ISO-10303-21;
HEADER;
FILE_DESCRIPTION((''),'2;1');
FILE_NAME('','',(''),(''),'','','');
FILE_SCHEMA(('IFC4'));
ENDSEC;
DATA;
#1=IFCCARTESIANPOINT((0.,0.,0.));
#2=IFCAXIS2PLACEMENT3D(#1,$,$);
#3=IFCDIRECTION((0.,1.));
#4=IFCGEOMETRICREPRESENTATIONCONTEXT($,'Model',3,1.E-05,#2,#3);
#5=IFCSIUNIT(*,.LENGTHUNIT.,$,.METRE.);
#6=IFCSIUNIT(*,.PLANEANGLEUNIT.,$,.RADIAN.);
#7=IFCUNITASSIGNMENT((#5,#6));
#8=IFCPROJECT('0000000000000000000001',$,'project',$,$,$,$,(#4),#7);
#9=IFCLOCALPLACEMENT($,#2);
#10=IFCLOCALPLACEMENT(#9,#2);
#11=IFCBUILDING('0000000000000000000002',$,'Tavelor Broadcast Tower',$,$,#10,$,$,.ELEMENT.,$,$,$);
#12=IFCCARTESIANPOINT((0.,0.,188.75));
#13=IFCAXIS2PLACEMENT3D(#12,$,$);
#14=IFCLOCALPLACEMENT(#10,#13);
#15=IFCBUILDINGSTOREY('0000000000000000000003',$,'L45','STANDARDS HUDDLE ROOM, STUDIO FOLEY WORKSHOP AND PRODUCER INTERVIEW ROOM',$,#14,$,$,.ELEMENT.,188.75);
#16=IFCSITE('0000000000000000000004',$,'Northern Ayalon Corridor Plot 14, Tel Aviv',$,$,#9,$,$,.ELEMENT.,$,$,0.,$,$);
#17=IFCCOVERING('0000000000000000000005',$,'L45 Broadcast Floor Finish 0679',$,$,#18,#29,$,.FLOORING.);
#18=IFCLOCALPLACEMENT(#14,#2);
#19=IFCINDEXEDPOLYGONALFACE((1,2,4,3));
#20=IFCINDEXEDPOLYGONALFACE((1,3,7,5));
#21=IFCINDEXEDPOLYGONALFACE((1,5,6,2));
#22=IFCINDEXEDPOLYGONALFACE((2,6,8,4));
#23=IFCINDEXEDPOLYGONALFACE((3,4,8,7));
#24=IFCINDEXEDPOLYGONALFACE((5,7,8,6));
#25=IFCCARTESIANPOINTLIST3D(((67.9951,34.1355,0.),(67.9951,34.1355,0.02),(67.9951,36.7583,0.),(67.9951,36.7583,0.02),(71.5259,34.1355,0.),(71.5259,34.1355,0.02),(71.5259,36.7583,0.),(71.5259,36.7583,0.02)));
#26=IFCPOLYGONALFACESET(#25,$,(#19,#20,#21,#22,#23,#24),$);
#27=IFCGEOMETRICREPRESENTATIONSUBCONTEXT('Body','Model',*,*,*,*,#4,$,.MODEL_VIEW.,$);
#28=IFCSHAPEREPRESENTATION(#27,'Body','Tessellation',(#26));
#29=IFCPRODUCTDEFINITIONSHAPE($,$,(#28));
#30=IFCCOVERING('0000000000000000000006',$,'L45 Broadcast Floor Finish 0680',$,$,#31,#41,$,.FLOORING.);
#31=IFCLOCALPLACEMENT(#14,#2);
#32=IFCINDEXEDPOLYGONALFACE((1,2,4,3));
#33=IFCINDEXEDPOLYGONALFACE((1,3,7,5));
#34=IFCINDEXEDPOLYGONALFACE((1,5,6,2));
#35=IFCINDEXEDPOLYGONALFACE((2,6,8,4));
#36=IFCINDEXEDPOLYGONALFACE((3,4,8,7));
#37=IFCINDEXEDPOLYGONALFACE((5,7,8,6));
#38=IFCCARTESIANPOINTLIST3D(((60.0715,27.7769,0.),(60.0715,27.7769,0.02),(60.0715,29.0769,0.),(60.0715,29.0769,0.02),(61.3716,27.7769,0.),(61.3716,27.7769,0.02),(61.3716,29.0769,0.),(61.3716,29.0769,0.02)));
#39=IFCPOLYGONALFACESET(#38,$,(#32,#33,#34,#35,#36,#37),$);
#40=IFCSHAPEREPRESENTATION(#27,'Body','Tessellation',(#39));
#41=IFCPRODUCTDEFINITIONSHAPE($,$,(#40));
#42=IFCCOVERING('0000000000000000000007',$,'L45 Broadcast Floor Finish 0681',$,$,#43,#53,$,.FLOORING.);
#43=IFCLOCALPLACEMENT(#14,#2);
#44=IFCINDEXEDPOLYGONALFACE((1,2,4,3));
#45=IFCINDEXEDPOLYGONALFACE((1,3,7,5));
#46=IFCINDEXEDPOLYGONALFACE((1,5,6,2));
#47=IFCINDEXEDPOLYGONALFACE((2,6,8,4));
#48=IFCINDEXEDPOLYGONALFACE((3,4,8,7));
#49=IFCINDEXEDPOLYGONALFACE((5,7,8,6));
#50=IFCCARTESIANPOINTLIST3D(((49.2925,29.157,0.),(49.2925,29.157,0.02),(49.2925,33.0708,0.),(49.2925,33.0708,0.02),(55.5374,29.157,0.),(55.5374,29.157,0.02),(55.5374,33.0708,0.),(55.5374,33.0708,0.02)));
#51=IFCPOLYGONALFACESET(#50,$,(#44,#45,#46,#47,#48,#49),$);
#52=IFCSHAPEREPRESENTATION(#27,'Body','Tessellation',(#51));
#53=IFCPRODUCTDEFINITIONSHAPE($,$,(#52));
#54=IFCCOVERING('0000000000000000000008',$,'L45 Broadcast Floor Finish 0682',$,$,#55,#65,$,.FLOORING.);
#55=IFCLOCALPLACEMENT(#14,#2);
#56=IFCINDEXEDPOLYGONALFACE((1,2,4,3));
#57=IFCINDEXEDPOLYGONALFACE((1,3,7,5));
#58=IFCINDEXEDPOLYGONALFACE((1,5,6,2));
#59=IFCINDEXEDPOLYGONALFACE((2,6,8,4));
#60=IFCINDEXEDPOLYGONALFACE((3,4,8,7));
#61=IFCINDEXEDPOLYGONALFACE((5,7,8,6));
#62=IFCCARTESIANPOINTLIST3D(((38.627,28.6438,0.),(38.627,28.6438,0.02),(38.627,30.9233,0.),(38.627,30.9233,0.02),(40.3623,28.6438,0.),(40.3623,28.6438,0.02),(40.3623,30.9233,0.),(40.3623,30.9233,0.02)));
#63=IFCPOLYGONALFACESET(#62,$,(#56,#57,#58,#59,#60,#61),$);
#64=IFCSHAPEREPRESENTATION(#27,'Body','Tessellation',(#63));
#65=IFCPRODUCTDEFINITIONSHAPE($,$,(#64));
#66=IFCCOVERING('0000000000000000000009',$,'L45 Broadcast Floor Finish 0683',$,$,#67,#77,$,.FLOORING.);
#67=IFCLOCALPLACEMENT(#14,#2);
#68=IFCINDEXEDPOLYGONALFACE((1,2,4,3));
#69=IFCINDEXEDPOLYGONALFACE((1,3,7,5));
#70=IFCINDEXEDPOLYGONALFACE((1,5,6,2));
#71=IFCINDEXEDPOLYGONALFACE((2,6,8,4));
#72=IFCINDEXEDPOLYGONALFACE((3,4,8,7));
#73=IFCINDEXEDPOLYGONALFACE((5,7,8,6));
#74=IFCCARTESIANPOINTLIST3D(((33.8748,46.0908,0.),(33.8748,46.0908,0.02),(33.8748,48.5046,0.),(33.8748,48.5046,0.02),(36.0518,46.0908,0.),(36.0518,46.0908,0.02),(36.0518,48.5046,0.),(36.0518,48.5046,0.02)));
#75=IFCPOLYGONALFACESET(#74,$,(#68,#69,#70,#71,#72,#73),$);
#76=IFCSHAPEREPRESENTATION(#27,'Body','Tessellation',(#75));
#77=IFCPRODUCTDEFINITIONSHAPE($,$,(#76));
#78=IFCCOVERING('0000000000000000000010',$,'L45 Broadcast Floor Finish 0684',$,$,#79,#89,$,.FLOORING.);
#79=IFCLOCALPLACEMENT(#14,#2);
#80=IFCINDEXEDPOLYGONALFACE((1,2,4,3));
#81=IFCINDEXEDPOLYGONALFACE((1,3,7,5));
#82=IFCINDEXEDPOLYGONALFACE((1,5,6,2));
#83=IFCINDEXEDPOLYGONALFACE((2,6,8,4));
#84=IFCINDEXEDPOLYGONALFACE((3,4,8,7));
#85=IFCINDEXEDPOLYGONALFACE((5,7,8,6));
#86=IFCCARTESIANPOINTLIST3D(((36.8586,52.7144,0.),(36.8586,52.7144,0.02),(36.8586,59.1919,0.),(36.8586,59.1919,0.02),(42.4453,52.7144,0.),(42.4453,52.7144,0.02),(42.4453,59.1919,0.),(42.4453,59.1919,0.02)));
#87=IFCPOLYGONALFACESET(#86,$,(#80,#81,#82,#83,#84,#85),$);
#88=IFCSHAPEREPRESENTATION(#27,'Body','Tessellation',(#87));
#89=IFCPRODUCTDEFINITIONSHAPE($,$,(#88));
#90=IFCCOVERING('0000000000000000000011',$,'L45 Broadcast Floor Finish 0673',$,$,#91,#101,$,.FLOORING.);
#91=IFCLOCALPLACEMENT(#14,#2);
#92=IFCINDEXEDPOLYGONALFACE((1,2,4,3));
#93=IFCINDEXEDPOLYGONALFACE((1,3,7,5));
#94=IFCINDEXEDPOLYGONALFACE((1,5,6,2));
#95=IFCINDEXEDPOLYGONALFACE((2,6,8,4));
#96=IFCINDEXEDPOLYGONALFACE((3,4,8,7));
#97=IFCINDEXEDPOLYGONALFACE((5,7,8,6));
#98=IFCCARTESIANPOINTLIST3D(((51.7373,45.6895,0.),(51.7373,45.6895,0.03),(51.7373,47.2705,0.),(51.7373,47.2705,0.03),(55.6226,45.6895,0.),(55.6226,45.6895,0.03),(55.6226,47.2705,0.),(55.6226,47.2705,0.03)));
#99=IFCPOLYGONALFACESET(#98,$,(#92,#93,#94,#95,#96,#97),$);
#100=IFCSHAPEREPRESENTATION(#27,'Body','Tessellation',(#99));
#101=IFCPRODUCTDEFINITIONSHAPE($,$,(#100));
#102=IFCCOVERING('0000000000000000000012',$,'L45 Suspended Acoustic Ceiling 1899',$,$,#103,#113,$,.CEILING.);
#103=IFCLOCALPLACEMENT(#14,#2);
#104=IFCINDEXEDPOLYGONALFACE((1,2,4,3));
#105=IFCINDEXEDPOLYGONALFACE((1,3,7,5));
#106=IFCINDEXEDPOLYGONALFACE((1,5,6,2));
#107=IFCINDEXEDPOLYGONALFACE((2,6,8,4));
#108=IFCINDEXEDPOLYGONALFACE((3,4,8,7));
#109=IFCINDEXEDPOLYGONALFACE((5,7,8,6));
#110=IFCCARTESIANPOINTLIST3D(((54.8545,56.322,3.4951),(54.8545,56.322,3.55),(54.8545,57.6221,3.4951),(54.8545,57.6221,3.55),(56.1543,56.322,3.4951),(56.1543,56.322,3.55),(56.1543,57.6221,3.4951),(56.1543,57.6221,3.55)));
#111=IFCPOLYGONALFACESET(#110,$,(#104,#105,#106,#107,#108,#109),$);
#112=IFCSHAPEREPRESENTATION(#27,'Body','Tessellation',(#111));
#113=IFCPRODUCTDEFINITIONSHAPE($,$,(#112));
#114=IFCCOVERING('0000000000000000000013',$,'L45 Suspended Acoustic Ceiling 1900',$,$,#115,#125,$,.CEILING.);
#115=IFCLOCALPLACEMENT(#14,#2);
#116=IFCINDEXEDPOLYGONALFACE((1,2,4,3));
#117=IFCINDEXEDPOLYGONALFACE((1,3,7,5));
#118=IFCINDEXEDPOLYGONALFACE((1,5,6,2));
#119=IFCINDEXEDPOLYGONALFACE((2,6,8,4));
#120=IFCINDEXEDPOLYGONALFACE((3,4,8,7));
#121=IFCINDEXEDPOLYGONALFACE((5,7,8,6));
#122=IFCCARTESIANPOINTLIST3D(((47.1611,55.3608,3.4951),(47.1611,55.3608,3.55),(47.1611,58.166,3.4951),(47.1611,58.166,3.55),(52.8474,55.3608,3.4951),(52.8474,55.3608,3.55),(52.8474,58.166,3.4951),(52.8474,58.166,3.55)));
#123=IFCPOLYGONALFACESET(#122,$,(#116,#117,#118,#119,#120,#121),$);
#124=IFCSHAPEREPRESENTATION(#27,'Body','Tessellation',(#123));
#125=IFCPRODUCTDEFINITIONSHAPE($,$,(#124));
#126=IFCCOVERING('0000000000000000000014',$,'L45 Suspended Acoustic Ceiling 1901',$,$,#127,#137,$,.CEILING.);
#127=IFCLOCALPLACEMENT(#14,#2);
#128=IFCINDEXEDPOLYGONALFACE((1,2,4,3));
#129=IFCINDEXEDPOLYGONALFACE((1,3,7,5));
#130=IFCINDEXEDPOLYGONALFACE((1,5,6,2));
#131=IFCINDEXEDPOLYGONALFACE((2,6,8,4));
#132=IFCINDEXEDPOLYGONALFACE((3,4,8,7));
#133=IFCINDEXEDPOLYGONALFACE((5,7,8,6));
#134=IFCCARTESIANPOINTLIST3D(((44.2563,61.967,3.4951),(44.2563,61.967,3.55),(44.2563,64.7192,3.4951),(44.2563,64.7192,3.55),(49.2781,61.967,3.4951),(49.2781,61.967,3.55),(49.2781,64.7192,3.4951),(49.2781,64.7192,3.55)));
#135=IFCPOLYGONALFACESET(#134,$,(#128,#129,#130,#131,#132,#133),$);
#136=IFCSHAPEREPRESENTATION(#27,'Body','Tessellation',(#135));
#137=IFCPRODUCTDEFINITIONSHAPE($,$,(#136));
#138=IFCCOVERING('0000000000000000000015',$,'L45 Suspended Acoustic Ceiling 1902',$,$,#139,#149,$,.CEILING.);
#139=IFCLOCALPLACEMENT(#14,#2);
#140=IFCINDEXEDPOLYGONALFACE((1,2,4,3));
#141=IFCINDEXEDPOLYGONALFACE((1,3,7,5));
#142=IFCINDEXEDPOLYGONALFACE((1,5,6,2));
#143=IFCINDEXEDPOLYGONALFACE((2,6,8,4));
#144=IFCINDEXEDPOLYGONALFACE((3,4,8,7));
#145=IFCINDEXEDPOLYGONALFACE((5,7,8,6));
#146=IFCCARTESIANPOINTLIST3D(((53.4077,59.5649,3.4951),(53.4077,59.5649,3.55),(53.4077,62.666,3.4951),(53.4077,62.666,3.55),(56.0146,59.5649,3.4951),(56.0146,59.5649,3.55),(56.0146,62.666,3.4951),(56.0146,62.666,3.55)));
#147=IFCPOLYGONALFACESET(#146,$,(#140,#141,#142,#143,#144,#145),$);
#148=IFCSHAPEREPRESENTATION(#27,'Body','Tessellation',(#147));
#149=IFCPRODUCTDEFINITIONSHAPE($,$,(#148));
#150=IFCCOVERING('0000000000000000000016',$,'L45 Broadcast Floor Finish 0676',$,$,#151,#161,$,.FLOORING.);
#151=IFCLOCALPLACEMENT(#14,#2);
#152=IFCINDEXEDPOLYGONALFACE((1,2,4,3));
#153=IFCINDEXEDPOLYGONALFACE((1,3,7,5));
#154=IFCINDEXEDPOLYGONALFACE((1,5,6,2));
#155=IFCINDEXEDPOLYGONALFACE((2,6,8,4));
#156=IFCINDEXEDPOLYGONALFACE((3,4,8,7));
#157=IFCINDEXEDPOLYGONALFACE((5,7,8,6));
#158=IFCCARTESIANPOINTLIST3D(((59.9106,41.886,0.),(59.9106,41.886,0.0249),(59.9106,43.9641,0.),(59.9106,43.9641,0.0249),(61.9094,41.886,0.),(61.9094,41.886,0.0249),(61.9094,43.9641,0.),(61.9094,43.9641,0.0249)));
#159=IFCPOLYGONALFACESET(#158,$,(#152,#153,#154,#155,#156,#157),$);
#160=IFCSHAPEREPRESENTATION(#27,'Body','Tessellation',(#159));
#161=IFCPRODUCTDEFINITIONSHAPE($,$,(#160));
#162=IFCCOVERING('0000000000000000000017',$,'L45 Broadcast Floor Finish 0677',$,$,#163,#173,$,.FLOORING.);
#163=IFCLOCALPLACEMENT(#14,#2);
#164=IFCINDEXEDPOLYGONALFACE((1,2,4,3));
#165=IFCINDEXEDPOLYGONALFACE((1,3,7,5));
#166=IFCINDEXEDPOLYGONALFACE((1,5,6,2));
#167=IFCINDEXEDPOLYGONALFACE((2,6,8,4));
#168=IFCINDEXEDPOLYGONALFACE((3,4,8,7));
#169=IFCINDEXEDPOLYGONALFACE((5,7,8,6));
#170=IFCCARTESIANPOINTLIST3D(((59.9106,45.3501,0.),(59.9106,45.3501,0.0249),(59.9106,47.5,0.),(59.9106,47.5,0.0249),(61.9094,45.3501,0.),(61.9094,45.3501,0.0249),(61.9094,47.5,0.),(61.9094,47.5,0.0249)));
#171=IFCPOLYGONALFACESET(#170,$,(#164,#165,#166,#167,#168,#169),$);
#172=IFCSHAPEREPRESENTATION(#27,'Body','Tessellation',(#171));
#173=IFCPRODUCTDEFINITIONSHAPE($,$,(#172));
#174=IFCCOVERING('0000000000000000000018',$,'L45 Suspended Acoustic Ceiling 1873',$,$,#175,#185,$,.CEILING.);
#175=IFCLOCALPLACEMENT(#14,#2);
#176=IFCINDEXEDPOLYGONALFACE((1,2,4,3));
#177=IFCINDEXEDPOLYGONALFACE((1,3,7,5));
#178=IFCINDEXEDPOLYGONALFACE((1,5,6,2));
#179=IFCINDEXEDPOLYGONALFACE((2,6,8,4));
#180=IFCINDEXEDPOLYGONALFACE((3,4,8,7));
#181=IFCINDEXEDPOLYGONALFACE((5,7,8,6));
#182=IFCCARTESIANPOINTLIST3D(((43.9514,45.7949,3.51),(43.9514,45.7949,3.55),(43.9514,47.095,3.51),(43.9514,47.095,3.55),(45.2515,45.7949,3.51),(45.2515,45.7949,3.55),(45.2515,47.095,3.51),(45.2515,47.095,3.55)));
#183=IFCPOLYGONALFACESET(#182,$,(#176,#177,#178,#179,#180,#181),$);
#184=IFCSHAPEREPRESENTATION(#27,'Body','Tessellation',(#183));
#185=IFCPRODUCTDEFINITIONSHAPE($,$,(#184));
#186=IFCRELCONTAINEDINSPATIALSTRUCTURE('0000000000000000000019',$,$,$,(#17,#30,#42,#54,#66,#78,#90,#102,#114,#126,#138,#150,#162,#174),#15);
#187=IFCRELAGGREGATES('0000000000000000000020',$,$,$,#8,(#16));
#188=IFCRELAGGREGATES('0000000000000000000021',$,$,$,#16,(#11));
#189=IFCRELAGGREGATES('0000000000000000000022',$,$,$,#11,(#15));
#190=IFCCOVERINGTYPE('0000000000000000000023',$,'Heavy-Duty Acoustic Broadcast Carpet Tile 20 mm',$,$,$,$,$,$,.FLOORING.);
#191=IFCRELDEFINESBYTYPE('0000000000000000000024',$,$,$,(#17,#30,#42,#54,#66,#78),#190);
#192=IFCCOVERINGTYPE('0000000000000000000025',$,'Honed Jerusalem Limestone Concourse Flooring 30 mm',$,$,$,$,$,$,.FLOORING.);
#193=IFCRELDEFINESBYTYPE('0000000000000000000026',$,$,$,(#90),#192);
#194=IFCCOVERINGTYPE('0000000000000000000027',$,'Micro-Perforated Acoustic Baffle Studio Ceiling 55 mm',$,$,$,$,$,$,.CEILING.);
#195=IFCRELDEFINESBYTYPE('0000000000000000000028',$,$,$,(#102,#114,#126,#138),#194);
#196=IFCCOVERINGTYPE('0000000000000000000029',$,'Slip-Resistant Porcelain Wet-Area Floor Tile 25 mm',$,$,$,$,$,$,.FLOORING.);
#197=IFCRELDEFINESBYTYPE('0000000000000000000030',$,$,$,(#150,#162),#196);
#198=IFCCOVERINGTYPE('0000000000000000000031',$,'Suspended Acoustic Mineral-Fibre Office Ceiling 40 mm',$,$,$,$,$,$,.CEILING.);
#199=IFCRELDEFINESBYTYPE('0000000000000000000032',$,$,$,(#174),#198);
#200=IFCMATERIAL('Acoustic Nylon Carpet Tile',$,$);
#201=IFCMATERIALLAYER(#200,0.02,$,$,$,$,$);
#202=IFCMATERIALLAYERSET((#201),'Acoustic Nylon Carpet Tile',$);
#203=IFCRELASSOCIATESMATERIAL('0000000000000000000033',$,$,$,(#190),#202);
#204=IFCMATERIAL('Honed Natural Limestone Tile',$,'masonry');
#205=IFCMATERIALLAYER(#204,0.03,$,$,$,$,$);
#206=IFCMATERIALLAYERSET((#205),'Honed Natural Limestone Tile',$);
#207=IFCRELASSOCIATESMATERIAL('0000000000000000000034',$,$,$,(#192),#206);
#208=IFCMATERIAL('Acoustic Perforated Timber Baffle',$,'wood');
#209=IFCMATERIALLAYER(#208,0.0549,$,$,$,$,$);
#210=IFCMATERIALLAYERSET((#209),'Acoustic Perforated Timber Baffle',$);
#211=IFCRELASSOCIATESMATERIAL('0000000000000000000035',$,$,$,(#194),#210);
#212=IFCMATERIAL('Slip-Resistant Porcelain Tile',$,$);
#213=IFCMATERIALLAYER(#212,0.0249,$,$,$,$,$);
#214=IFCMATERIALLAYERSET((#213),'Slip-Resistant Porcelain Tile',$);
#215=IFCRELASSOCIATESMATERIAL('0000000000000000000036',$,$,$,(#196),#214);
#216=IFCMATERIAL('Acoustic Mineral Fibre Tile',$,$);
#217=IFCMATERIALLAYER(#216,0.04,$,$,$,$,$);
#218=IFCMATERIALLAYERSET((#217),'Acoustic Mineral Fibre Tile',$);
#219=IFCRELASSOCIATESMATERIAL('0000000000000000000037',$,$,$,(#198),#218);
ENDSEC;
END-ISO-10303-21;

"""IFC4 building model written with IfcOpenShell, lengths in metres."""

from ifc_helpers import new_model, si_unit, direction, frame, origin, place, context, subcontext, project, spatial, polyline, outline, extrude, material, layer, layer_set, type_object, element, save


model = new_model("IFC4")

# Units and contexts
model_context = context("Model", 3, precision=1e-05, world=origin(), true_north=direction((0.0, 1.0)))
body_context = subcontext(model_context, "Body", "Model", "MODEL_VIEW")
ifc_project = project(units=[si_unit("LENGTHUNIT", "METRE"), si_unit("PLANEANGLEUNIT", "RADIAN")], contexts=[model_context])

# Site, building, storey
site_placement = place(None, origin())
site = spatial("IfcSite", under=ifc_project, at=site_placement, Name="Northern Ayalon Corridor Plot 14, Tel Aviv", CompositionType="ELEMENT", RefElevation=0.0)
building_placement = place(site_placement, origin())
building = spatial("IfcBuilding", under=site, at=building_placement, Name="Tavelor Broadcast Tower", CompositionType="ELEMENT")
storey_placement = place(building_placement, frame((0.0, 0.0, 188.75)))
storey = spatial("IfcBuildingStorey", under=building, at=storey_placement, Name="L45", Description="STANDARDS HUDDLE ROOM, STUDIO FOLEY WORKSHOP AND PRODUCER INTERVIEW ROOM", CompositionType="ELEMENT", Elevation=188.75)

# Coverings
ifc_material_1 = material(Name="Acoustic Nylon Carpet Tile")
ifc_layer_1 = layer(ifc_material_1, 0.02)
ifc_layer_set_1 = layer_set([ifc_layer_1], Name="Acoustic Nylon Carpet Tile")
covering_type_1 = type_object("IfcCoveringType", Name="Heavy-Duty Acoustic Broadcast Carpet Tile 20 mm", PredefinedType="FLOORING", material=ifc_layer_set_1)
covering_1_placement = place(storey_placement, origin())
element("IfcCovering", 1, at=covering_1_placement, inside=storey, type_object=covering_type_1, Name="L45 Broadcast Floor Finish 0679", PredefinedType="FLOORING", context=body_context, shape_type="SweptSolid", body=[
    extrude(outline(polyline([(67.9951, 34.1355), (71.5259, 34.1355), (71.5259, 36.7583), (67.9951, 36.7583), (67.9951, 34.1355)])), origin(), (0.0, 0.0, 1.0), 0.02),
])
covering_2_placement = place(storey_placement, origin())
element("IfcCovering", 2, at=covering_2_placement, inside=storey, type_object=covering_type_1, Name="L45 Broadcast Floor Finish 0680", PredefinedType="FLOORING", context=body_context, shape_type="SweptSolid", body=[
    extrude(outline(polyline([(60.0715, 27.7769), (61.3716, 27.7769), (61.3716, 29.0769), (60.0715, 29.0769), (60.0715, 27.7769)])), origin(), (0.0, 0.0, 1.0), 0.02),
])
covering_3_placement = place(storey_placement, origin())
element("IfcCovering", 3, at=covering_3_placement, inside=storey, type_object=covering_type_1, Name="L45 Broadcast Floor Finish 0681", PredefinedType="FLOORING", context=body_context, shape_type="SweptSolid", body=[
    extrude(outline(polyline([(49.2925, 29.157), (55.5374, 29.157), (55.5374, 33.0708), (49.2925, 33.0708), (49.2925, 29.157)])), origin(), (0.0, 0.0, 1.0), 0.02),
])
covering_4_placement = place(storey_placement, origin())
element("IfcCovering", 4, at=covering_4_placement, inside=storey, type_object=covering_type_1, Name="L45 Broadcast Floor Finish 0682", PredefinedType="FLOORING", context=body_context, shape_type="SweptSolid", body=[
    extrude(outline(polyline([(38.627, 28.6438), (40.3623, 28.6438), (40.3623, 30.9233), (38.627, 30.9233), (38.627, 28.6438)])), origin(), (0.0, 0.0, 1.0), 0.02),
])
covering_5_placement = place(storey_placement, origin())
element("IfcCovering", 5, at=covering_5_placement, inside=storey, type_object=covering_type_1, Name="L45 Broadcast Floor Finish 0683", PredefinedType="FLOORING", context=body_context, shape_type="SweptSolid", body=[
    extrude(outline(polyline([(33.8748, 46.0908), (36.0518, 46.0908), (36.0518, 48.5046), (33.8748, 48.5046), (33.8748, 46.0908)])), origin(), (0.0, 0.0, 1.0), 0.02),
])
covering_6_placement = place(storey_placement, origin())
element("IfcCovering", 6, at=covering_6_placement, inside=storey, type_object=covering_type_1, Name="L45 Broadcast Floor Finish 0684", PredefinedType="FLOORING", context=body_context, shape_type="SweptSolid", body=[
    extrude(outline(polyline([(36.8586, 52.7144), (42.4453, 52.7144), (42.4453, 59.1919), (36.8586, 59.1919), (36.8586, 52.7144)])), origin(), (0.0, 0.0, 1.0), 0.02),
])
ifc_material_2 = material(Name="Honed Natural Limestone Tile", Category="masonry")
ifc_layer_2 = layer(ifc_material_2, 0.03)
ifc_layer_set_2 = layer_set([ifc_layer_2], Name="Honed Natural Limestone Tile")
covering_type_2 = type_object("IfcCoveringType", Name="Honed Jerusalem Limestone Concourse Flooring 30 mm", PredefinedType="FLOORING", material=ifc_layer_set_2)
covering_7_placement = place(storey_placement, origin())
element("IfcCovering", 7, at=covering_7_placement, inside=storey, type_object=covering_type_2, Name="L45 Broadcast Floor Finish 0673", PredefinedType="FLOORING", context=body_context, shape_type="SweptSolid", body=[
    extrude(outline(polyline([(51.7373, 45.6895), (55.6226, 45.6895), (55.6226, 47.2705), (51.7373, 47.2705), (51.7373, 45.6895)])), origin(), (0.0, 0.0, 1.0), 0.03),
])
ifc_material_3 = material(Name="Acoustic Perforated Timber Baffle", Category="wood")
ifc_layer_3 = layer(ifc_material_3, 0.0549)
ifc_layer_set_3 = layer_set([ifc_layer_3], Name="Acoustic Perforated Timber Baffle")
covering_type_3 = type_object("IfcCoveringType", Name="Micro-Perforated Acoustic Baffle Studio Ceiling 55 mm", PredefinedType="CEILING", material=ifc_layer_set_3)
covering_8_placement = place(storey_placement, frame((0.0, 0.0, 3.4951)))
element("IfcCovering", 8, at=covering_8_placement, inside=storey, type_object=covering_type_3, Name="L45 Suspended Acoustic Ceiling 1899", PredefinedType="CEILING", context=body_context, shape_type="SweptSolid", body=[
    extrude(outline(polyline([(54.8545, 56.322), (56.1543, 56.322), (56.1543, 57.6221), (54.8545, 57.6221), (54.8545, 56.322)])), origin(), (0.0, 0.0, 1.0), 0.0549),
])
covering_9_placement = place(storey_placement, frame((0.0, 0.0, 3.4951)))
element("IfcCovering", 9, at=covering_9_placement, inside=storey, type_object=covering_type_3, Name="L45 Suspended Acoustic Ceiling 1900", PredefinedType="CEILING", context=body_context, shape_type="SweptSolid", body=[
    extrude(outline(polyline([(47.1611, 55.3608), (52.8474, 55.3608), (52.8474, 58.166), (47.1611, 58.166), (47.1611, 55.3608)])), origin(), (0.0, 0.0, 1.0), 0.0549),
])
covering_10_placement = place(storey_placement, frame((0.0, 0.0, 3.4951)))
element("IfcCovering", 10, at=covering_10_placement, inside=storey, type_object=covering_type_3, Name="L45 Suspended Acoustic Ceiling 1901", PredefinedType="CEILING", context=body_context, shape_type="SweptSolid", body=[
    extrude(outline(polyline([(44.2563, 61.967), (49.2781, 61.967), (49.2781, 64.7192), (44.2563, 64.7192), (44.2563, 61.967)])), origin(), (0.0, 0.0, 1.0), 0.0549),
])
covering_11_placement = place(storey_placement, frame((0.0, 0.0, 3.4951)))
element("IfcCovering", 11, at=covering_11_placement, inside=storey, type_object=covering_type_3, Name="L45 Suspended Acoustic Ceiling 1902", PredefinedType="CEILING", context=body_context, shape_type="SweptSolid", body=[
    extrude(outline(polyline([(53.4077, 59.5649), (56.0146, 59.5649), (56.0146, 62.666), (53.4077, 62.666), (53.4077, 59.5649)])), origin(), (0.0, 0.0, 1.0), 0.0549),
])
ifc_material_4 = material(Name="Slip-Resistant Porcelain Tile")
ifc_layer_4 = layer(ifc_material_4, 0.0249)
ifc_layer_set_4 = layer_set([ifc_layer_4], Name="Slip-Resistant Porcelain Tile")
covering_type_4 = type_object("IfcCoveringType", Name="Slip-Resistant Porcelain Wet-Area Floor Tile 25 mm", PredefinedType="FLOORING", material=ifc_layer_set_4)
covering_12_placement = place(storey_placement, origin())
element("IfcCovering", 12, at=covering_12_placement, inside=storey, type_object=covering_type_4, Name="L45 Broadcast Floor Finish 0676", PredefinedType="FLOORING", context=body_context, shape_type="SweptSolid", body=[
    extrude(outline(polyline([(59.9106, 41.886), (61.9094, 41.886), (61.9094, 43.9641), (59.9106, 43.9641), (59.9106, 41.886)])), origin(), (0.0, 0.0, 1.0), 0.0249),
])
covering_13_placement = place(storey_placement, origin())
element("IfcCovering", 13, at=covering_13_placement, inside=storey, type_object=covering_type_4, Name="L45 Broadcast Floor Finish 0677", PredefinedType="FLOORING", context=body_context, shape_type="SweptSolid", body=[
    extrude(outline(polyline([(59.9106, 45.3501), (61.9094, 45.3501), (61.9094, 47.5), (59.9106, 47.5), (59.9106, 45.3501)])), origin(), (0.0, 0.0, 1.0), 0.0249),
])
ifc_material_5 = material(Name="Acoustic Mineral Fibre Tile")
ifc_layer_5 = layer(ifc_material_5, 0.04)
ifc_layer_set_5 = layer_set([ifc_layer_5], Name="Acoustic Mineral Fibre Tile")
covering_type_5 = type_object("IfcCoveringType", Name="Suspended Acoustic Mineral-Fibre Office Ceiling 40 mm", PredefinedType="CEILING", material=ifc_layer_set_5)
covering_14_placement = place(storey_placement, frame((0.0, 0.0, 3.51)))
element("IfcCovering", 14, at=covering_14_placement, inside=storey, type_object=covering_type_5, Name="L45 Suspended Acoustic Ceiling 1873", PredefinedType="CEILING", context=body_context, shape_type="SweptSolid", body=[
    extrude(outline(polyline([(43.9514, 45.7949), (45.2515, 45.7949), (45.2515, 47.095), (43.9514, 47.095), (43.9514, 45.7949)])), origin(), (0.0, 0.0, 1.0), 0.04),
])

save(model, "model.ifc")
